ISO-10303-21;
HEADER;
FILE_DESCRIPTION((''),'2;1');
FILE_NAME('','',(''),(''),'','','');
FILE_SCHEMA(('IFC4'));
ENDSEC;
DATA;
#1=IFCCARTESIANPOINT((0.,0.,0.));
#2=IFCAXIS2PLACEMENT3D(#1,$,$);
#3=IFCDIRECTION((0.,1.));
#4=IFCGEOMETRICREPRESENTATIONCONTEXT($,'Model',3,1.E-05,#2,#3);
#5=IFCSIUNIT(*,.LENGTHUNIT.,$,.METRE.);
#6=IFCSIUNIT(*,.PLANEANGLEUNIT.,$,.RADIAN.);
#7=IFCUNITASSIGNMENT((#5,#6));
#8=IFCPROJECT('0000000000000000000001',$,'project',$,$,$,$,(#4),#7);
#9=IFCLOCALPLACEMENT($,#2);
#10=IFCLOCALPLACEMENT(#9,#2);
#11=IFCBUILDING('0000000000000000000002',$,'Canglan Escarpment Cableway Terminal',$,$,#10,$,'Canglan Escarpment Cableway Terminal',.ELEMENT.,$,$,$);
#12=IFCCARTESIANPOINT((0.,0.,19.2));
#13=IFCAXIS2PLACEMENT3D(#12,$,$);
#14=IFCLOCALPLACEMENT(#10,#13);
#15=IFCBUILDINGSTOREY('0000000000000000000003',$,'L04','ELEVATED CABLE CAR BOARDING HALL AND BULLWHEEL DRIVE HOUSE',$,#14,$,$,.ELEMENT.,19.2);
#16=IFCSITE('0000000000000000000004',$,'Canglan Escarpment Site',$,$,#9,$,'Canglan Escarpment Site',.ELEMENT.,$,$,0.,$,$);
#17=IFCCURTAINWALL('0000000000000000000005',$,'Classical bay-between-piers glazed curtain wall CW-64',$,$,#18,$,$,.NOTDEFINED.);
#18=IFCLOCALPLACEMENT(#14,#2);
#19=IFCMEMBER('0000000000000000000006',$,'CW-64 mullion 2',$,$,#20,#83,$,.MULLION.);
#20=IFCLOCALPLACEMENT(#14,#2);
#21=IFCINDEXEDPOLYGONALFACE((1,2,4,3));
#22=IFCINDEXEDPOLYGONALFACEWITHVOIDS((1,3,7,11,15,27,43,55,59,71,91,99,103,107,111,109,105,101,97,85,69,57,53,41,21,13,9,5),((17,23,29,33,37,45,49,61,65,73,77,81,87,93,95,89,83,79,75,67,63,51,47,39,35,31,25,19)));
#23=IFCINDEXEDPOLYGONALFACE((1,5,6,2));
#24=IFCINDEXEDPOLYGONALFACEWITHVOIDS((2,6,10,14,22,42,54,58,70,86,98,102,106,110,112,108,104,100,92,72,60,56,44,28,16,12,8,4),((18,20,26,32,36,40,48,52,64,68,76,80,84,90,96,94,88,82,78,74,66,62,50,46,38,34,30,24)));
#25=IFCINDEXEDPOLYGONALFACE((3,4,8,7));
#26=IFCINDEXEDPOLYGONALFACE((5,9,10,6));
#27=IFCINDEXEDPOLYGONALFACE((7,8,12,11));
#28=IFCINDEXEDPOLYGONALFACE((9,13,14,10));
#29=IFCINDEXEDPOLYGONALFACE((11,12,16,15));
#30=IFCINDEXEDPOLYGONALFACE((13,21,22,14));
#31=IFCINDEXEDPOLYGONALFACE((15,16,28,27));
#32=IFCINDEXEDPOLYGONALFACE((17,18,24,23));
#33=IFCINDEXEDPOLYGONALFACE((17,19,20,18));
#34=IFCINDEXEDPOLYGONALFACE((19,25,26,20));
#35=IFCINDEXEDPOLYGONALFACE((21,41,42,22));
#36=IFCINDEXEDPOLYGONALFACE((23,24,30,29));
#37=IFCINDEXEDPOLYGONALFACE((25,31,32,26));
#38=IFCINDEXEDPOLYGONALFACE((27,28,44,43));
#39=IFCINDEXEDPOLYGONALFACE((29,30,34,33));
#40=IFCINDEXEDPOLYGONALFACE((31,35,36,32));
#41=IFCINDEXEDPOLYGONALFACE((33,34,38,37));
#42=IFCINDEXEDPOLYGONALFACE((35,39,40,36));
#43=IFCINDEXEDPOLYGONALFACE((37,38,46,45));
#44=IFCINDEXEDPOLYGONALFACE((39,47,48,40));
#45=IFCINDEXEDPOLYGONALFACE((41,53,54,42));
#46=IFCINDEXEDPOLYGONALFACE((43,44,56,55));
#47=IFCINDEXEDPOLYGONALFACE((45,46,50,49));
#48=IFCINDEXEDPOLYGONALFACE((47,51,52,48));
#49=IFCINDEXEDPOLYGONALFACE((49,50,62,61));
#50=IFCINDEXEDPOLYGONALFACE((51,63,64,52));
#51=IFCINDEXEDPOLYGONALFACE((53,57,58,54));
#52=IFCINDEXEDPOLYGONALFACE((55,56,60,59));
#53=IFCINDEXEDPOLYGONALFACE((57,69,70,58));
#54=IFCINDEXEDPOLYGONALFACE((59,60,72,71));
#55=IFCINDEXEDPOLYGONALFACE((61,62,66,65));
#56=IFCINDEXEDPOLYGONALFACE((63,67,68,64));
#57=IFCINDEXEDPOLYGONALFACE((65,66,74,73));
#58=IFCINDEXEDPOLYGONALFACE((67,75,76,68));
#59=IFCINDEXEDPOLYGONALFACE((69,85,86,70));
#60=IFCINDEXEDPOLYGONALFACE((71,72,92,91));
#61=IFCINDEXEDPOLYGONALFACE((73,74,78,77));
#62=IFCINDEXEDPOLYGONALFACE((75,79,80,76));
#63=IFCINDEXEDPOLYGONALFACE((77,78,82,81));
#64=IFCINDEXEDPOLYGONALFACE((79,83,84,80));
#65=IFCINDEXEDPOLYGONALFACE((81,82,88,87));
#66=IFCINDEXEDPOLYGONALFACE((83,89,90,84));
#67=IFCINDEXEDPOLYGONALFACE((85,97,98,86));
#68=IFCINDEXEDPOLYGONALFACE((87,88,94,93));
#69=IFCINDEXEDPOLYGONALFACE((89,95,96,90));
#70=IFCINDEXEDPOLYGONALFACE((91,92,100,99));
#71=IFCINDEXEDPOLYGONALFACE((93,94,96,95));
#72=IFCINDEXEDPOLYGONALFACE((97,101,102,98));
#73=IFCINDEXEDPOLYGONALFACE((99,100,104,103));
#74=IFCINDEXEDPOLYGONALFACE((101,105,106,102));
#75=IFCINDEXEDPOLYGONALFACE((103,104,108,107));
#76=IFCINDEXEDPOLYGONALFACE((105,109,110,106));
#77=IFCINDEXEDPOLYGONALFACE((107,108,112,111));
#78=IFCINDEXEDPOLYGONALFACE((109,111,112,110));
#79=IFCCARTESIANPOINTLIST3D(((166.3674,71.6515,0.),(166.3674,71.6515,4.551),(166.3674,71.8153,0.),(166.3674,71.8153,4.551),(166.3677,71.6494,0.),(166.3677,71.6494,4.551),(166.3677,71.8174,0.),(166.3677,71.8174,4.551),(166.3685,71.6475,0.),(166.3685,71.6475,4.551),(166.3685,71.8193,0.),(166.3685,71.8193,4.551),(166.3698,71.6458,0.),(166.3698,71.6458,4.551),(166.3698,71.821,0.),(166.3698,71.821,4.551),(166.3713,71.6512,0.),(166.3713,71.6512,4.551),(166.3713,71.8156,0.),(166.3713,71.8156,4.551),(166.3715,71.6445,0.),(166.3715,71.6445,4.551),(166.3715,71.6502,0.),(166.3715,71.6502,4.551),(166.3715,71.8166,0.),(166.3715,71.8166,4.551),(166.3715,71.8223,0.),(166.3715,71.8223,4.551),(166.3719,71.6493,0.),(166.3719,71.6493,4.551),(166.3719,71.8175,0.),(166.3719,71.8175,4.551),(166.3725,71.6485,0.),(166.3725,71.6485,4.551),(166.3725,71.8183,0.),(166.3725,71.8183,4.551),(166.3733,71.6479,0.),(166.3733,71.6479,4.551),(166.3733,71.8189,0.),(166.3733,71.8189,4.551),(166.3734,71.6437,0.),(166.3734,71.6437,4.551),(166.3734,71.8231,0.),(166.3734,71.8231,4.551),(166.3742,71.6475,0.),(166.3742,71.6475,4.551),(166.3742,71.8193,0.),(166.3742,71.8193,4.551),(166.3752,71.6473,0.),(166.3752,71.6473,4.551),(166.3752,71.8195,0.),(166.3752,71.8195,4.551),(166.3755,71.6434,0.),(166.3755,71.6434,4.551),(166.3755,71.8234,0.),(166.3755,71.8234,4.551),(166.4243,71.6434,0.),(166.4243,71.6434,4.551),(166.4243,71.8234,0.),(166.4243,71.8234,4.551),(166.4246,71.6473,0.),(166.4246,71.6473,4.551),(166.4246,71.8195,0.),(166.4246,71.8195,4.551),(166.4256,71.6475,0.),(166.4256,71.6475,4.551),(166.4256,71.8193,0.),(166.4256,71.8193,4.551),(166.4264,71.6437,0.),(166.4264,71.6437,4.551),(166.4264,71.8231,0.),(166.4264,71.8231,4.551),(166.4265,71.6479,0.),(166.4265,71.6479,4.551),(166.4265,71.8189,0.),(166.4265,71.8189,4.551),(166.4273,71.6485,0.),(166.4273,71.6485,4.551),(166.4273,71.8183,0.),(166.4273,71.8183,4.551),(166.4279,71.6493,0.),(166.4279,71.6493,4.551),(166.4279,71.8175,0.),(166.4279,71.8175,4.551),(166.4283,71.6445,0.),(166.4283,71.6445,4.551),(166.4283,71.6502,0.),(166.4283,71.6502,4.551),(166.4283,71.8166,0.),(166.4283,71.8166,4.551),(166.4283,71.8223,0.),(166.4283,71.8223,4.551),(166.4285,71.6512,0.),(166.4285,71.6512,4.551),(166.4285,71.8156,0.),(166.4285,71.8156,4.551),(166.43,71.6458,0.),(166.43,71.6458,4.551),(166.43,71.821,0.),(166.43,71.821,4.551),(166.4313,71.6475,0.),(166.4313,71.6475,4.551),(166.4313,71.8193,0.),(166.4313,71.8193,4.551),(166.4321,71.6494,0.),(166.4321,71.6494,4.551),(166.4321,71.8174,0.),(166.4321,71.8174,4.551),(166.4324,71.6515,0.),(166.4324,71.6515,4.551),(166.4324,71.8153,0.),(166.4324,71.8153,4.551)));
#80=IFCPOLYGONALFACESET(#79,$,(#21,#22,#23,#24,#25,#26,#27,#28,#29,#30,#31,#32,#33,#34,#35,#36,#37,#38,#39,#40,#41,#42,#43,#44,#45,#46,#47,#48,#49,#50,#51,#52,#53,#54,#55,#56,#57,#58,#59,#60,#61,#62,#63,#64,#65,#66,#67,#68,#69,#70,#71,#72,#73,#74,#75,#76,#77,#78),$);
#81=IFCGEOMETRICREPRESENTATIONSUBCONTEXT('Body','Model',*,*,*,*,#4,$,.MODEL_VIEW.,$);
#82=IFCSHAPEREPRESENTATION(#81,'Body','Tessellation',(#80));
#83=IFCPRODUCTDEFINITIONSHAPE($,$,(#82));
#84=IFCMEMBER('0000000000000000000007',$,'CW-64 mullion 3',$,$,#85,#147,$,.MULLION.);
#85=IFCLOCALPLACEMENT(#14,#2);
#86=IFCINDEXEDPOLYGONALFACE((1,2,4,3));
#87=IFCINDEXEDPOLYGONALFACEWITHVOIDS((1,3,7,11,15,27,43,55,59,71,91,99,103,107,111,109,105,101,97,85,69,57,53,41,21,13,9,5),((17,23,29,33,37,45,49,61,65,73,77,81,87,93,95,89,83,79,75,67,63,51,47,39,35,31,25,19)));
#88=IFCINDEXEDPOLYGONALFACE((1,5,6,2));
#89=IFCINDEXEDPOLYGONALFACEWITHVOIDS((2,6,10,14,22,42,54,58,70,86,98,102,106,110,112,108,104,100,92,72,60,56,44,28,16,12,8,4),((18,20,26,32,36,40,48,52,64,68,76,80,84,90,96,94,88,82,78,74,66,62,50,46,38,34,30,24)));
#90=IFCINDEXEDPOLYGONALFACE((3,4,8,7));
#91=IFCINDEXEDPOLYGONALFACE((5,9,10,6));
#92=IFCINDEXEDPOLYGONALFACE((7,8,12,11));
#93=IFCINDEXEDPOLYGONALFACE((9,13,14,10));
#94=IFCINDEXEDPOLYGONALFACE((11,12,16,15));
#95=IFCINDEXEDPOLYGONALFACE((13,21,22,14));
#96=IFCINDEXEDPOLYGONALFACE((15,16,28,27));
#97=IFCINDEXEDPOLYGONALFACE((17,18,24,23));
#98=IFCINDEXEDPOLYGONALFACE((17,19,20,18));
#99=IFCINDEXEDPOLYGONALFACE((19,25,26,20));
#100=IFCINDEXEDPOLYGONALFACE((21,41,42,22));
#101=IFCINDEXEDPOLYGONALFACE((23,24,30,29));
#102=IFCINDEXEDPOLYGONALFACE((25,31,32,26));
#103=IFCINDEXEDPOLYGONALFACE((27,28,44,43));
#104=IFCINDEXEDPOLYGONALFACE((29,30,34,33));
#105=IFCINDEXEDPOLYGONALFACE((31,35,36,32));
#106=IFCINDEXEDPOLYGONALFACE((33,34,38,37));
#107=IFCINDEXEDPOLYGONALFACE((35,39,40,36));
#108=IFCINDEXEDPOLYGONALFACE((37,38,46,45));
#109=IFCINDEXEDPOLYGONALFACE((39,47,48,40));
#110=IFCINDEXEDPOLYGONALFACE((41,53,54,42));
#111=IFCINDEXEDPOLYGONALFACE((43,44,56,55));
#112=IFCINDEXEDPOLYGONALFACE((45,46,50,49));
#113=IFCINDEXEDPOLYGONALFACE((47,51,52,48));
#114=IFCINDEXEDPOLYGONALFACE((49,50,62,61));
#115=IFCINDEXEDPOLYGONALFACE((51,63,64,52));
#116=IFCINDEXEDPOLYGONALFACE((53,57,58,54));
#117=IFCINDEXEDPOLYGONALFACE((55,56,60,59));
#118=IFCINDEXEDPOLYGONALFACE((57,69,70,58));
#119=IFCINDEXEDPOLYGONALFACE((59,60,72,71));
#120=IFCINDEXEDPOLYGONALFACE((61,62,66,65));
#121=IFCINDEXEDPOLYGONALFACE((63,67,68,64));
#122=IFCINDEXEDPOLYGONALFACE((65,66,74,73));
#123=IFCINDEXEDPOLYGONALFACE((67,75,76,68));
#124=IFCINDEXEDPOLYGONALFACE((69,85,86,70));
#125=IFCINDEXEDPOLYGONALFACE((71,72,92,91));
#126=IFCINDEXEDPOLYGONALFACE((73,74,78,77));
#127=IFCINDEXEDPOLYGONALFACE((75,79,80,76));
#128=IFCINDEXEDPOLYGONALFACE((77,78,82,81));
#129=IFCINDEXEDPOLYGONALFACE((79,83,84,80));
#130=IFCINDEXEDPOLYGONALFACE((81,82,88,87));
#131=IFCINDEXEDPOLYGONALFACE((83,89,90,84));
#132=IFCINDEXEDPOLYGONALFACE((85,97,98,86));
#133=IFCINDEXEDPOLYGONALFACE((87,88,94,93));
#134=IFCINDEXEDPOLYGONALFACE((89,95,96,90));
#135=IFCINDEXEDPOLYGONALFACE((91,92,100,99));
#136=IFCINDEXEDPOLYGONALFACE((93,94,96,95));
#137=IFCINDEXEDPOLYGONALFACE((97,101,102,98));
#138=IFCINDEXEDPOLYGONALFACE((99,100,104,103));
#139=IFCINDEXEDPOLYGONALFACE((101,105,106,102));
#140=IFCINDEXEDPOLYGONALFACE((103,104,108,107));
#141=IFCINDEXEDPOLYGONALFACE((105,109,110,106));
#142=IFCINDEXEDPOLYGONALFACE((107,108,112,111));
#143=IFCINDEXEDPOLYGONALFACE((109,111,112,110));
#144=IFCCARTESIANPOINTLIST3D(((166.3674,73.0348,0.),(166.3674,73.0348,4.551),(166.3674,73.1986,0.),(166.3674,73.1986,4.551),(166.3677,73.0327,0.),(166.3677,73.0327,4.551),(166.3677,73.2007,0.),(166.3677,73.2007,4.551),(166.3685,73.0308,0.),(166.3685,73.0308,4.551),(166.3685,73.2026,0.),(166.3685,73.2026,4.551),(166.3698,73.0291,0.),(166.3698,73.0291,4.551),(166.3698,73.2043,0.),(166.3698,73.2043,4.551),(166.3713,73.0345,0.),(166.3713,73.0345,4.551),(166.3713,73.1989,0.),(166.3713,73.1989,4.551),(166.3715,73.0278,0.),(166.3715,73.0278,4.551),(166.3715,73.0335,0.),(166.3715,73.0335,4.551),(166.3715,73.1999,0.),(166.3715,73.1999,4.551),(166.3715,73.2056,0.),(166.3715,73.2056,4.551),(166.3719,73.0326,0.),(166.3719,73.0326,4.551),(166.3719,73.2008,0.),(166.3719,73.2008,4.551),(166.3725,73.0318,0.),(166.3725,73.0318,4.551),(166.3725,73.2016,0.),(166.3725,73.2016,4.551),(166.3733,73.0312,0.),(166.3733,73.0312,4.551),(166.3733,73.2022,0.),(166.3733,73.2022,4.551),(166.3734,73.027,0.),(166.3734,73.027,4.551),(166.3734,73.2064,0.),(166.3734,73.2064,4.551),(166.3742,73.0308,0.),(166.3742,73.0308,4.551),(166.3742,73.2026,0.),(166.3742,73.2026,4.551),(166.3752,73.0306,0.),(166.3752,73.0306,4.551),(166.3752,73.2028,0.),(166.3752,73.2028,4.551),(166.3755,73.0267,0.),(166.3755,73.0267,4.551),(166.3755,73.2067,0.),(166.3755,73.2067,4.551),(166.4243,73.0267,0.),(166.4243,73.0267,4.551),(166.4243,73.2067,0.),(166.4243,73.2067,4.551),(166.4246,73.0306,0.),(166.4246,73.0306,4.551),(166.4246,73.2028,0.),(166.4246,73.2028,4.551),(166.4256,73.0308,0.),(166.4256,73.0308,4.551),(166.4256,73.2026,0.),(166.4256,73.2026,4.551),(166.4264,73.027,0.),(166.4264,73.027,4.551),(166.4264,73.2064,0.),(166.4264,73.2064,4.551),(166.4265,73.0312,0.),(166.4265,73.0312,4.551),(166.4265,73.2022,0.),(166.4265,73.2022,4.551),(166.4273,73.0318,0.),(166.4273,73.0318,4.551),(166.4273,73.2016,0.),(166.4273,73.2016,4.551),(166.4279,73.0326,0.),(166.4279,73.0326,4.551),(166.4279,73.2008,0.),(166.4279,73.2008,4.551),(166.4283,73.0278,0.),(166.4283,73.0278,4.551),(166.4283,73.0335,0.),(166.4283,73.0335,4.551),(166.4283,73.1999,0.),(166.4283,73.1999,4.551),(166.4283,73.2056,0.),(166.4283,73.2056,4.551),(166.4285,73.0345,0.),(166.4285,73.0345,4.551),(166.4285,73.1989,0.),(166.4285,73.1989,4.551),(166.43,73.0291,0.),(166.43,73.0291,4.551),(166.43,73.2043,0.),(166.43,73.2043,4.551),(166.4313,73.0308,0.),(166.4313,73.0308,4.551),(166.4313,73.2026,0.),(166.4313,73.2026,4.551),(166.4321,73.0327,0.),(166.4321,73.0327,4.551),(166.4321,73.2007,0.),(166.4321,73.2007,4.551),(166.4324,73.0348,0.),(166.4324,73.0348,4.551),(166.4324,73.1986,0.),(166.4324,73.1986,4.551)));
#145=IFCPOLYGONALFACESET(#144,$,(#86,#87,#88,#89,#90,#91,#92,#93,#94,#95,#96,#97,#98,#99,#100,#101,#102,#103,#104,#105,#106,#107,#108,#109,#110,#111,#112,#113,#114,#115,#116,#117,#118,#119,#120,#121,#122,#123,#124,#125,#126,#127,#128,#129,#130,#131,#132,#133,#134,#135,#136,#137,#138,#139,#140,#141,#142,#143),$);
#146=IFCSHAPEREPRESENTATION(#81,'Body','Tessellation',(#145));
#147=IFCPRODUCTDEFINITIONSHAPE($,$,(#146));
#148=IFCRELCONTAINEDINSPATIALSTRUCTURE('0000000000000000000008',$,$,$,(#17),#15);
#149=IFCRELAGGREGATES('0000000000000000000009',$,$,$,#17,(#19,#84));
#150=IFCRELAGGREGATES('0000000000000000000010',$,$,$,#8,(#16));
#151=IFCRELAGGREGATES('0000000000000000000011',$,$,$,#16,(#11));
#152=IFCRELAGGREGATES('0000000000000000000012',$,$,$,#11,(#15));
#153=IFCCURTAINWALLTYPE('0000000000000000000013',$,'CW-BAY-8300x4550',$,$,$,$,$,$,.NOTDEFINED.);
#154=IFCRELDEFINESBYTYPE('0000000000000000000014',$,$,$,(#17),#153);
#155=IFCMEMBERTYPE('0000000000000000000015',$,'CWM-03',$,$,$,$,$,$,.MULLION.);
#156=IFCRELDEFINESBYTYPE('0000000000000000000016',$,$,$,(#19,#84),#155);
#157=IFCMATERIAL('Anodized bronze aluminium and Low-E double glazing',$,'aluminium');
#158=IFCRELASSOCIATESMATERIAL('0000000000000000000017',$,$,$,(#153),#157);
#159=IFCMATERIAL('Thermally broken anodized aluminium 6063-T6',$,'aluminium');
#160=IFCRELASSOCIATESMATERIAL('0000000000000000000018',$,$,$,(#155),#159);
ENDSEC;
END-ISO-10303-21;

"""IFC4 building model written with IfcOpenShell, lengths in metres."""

from ifc_helpers import new_model, si_unit, direction, frame, origin, origin_2d, place, context, subcontext, project, spatial, hollow_rectangle, extrude, material, material_profile, profile_set, type_object, element, aggregate, save


model = new_model("IFC4")

# Units and contexts
model_context = context("Model", 3, precision=1e-05, world=origin(), true_north=direction((0.0, 1.0)))
body_context = subcontext(model_context, "Body", "Model", "MODEL_VIEW")
ifc_project = project(units=[si_unit("LENGTHUNIT", "METRE"), si_unit("PLANEANGLEUNIT", "RADIAN")], contexts=[model_context])

# Site, building, storey
site_placement = place(None, origin())
site = spatial("IfcSite", under=ifc_project, at=site_placement, Name="Canglan Escarpment Site", LongName="Canglan Escarpment Site", CompositionType="ELEMENT", RefElevation=0.0)
building_placement = place(site_placement, origin())
building = spatial("IfcBuilding", under=site, at=building_placement, Name="Canglan Escarpment Cableway Terminal", LongName="Canglan Escarpment Cableway Terminal", CompositionType="ELEMENT")
storey_placement = place(building_placement, frame((0.0, 0.0, 19.2)))
storey = spatial("IfcBuildingStorey", under=building, at=storey_placement, Name="L04", Description="ELEVATED CABLE CAR BOARDING HALL AND BULLWHEEL DRIVE HOUSE", CompositionType="ELEMENT", Elevation=19.2)

# Curtain wall, members
ifc_material_1 = material(Name="Anodized bronze aluminium and Low-E double glazing", Category="aluminium")
curtain_wall_type = type_object("IfcCurtainWallType", Name="CW-BAY-8300x4550", PredefinedType="NOTDEFINED", material=ifc_material_1)
curtain_wall_placement = place(storey_placement, origin())
curtain_wall = element("IfcCurtainWall", 1, at=curtain_wall_placement, inside=storey, type_object=curtain_wall_type, Name="Classical bay-between-piers glazed curtain wall CW-64", PredefinedType="NOTDEFINED")
ifc_material_2 = material(Name="Thermally broken anodized aluminium 6063-T6", Category="aluminium")
ifc_material_profile_1 = material_profile(ifc_material_2, hollow_rectangle(XDim=0.0649, YDim=0.1799, WallThickness=0.0039, InnerFilletRadius=0.0039, OuterFilletRadius=0.0081, at=origin_2d()), Name="ALU-MULL 65x180x4")
ifc_profile_set_1 = profile_set([ifc_material_profile_1], Name="Thermally broken anodized aluminium 6063-T6")
member_type_1 = type_object("IfcMemberType", Name="CWM-03", PredefinedType="MULLION", material=ifc_profile_set_1)
member_1_placement = place(storey_placement, frame((166.3999, 71.7334, 0.0), z_axis=(0.0, 0.0, 1.0), x_axis=(-1.0, 0.0, 0.0)))
member_1 = element("IfcMember", 2, at=member_1_placement, type_object=member_type_1, Name="CW-64 mullion 2", PredefinedType="MULLION", context=body_context, shape_type="SweptSolid", body=[
    extrude(hollow_rectangle(XDim=0.0649, YDim=0.1799, WallThickness=0.0039, InnerFilletRadius=0.0039, OuterFilletRadius=0.0081, at=origin_2d()), origin(), (0.0, 0.0, 1.0), 4.551),
])
member_2_placement = place(storey_placement, frame((166.3999, 73.1167, 0.0), z_axis=(0.0, 0.0, 1.0), x_axis=(-1.0, 0.0, 0.0)))
member_2 = element("IfcMember", 3, at=member_2_placement, type_object=member_type_1, Name="CW-64 mullion 3", PredefinedType="MULLION", context=body_context, shape_type="SweptSolid", body=[
    extrude(hollow_rectangle(XDim=0.0649, YDim=0.1799, WallThickness=0.0039, InnerFilletRadius=0.0039, OuterFilletRadius=0.0081, at=origin_2d()), origin(), (0.0, 0.0, 1.0), 4.551),
])
aggregate(curtain_wall, [member_1, member_2])

save(model, "model.ifc")
